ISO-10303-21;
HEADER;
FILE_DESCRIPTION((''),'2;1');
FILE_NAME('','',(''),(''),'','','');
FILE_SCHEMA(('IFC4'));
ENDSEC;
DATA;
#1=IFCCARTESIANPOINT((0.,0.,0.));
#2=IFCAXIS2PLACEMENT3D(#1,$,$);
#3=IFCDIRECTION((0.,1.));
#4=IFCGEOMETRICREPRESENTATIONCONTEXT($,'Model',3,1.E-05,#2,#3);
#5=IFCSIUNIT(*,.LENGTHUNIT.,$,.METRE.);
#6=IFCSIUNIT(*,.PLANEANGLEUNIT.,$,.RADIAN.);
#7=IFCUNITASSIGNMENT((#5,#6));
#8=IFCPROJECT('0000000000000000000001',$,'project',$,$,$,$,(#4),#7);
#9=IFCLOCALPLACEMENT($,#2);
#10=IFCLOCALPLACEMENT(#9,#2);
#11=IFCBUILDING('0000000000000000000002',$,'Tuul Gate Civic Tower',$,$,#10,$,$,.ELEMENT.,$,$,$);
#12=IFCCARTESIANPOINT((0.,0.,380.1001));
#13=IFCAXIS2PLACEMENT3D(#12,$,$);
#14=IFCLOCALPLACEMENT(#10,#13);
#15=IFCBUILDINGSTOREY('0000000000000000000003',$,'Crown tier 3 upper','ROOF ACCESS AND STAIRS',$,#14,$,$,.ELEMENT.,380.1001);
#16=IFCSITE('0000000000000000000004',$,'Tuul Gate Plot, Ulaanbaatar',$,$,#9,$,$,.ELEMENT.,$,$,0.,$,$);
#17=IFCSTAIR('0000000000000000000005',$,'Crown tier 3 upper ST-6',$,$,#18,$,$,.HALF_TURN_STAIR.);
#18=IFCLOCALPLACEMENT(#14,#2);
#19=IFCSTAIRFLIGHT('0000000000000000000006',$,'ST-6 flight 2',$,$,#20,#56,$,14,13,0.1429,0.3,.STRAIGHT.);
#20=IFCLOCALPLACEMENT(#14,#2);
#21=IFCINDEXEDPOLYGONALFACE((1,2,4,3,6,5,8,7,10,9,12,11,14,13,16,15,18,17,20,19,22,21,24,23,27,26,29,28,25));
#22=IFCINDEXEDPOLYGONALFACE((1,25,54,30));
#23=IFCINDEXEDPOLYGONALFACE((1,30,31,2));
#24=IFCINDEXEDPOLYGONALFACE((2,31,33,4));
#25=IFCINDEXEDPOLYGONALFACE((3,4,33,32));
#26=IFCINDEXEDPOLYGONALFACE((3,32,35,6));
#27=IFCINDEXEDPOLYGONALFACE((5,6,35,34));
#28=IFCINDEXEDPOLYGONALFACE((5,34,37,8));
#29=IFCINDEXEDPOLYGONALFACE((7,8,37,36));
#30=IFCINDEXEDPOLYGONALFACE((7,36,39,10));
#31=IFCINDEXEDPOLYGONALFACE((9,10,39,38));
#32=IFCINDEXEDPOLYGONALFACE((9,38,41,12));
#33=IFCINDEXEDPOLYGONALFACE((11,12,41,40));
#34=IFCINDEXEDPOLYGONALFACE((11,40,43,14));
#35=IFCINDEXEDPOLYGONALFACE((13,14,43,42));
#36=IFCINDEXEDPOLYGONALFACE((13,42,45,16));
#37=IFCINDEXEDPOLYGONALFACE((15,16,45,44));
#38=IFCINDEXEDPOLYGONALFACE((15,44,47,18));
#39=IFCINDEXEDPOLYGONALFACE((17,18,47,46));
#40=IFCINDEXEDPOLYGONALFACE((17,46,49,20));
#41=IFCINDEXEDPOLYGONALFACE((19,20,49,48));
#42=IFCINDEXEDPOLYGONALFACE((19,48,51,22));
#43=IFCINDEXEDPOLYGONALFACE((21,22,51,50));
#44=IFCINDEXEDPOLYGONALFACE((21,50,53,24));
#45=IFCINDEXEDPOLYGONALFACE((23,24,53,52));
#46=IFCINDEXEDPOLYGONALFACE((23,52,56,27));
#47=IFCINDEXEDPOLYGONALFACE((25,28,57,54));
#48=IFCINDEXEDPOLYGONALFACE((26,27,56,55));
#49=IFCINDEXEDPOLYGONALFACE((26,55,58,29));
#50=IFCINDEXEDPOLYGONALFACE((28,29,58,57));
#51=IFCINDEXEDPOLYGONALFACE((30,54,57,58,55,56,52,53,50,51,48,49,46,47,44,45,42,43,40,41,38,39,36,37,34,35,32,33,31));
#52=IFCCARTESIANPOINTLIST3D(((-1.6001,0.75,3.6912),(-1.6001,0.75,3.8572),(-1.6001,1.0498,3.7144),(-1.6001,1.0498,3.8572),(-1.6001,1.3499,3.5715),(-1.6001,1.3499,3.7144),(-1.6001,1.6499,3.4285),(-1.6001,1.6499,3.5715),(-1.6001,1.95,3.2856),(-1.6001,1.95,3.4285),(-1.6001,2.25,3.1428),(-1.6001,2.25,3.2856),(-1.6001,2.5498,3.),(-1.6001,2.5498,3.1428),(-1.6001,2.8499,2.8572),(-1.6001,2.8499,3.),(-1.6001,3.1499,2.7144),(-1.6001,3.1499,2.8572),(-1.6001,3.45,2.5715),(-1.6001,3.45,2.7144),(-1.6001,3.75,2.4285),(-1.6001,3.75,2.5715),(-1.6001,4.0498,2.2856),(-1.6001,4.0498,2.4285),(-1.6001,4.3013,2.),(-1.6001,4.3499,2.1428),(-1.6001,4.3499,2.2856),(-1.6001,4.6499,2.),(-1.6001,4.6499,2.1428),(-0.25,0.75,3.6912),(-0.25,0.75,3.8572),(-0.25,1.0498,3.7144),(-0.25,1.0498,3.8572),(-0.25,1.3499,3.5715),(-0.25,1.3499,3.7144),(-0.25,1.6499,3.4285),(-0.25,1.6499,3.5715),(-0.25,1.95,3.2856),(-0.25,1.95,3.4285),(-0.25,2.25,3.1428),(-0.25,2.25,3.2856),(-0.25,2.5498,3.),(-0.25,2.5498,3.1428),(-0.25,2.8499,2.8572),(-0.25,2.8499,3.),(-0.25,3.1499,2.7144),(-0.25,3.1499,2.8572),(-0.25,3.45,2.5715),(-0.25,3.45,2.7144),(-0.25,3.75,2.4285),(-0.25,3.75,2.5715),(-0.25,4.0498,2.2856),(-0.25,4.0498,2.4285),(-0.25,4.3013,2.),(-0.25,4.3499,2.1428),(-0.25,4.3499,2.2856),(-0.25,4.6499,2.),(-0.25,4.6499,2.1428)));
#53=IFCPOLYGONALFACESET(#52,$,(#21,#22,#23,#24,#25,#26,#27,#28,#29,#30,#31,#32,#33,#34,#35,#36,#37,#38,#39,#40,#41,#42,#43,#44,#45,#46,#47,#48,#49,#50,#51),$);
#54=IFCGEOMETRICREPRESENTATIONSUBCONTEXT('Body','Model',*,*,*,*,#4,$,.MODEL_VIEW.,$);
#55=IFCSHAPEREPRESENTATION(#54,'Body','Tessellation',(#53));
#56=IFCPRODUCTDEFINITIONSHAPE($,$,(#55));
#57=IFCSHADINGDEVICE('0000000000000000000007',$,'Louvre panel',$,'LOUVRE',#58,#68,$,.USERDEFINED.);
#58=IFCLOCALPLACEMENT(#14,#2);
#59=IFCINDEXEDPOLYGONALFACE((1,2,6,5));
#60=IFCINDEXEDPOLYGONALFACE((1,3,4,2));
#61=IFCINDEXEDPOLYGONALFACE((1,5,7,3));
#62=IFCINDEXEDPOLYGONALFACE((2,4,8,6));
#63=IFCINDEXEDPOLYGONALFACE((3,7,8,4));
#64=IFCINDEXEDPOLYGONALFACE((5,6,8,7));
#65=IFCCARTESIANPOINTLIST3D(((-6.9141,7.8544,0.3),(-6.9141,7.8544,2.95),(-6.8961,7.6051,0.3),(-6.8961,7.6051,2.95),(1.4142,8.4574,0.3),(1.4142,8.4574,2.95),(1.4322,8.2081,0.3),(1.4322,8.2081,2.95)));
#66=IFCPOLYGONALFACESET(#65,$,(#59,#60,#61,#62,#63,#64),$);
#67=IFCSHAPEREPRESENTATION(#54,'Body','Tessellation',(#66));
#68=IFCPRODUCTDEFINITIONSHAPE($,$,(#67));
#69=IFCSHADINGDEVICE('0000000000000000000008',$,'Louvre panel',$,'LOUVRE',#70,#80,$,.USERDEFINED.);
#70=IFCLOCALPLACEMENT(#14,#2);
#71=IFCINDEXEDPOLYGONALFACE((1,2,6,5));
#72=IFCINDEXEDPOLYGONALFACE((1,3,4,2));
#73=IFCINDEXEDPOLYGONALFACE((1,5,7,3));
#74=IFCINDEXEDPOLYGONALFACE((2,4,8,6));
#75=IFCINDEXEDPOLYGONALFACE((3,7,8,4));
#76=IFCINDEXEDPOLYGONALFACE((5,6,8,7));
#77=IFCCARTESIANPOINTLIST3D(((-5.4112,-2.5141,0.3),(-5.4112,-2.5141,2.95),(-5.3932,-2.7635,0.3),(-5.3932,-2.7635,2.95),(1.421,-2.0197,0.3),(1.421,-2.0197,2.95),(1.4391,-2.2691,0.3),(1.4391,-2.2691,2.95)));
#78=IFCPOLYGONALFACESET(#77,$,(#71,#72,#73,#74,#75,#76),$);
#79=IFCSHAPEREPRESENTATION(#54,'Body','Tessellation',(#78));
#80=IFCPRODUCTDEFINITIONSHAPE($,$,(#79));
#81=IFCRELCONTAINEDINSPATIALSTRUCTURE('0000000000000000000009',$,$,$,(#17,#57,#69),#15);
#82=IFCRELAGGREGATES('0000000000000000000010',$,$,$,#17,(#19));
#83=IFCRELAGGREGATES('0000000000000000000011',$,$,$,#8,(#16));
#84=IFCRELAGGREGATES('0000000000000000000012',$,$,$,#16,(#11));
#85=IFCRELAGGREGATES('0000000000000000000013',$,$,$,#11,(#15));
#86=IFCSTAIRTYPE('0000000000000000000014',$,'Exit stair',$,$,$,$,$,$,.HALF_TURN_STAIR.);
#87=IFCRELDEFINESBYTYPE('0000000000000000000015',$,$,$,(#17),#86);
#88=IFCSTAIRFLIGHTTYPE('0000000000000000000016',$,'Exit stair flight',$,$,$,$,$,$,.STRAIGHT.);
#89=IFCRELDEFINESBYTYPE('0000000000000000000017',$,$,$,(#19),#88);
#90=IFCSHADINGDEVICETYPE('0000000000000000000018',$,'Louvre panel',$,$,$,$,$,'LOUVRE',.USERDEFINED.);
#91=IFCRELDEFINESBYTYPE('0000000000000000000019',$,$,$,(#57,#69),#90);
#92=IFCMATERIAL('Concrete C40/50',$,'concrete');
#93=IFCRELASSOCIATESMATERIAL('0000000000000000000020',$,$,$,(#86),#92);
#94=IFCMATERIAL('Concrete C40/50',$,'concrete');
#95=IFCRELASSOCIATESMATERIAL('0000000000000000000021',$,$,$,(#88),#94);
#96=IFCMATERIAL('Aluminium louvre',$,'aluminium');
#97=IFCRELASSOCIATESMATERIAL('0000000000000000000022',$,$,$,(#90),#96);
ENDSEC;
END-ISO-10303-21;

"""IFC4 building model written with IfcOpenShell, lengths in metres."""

from ifc_helpers import new_model, si_unit, direction, frame, origin, origin_2d, place, context, subcontext, project, spatial, polyline, rectangle, outline, extrude, material, type_object, element, aggregate, save


model = new_model("IFC4")

# Units and contexts
model_context = context("Model", 3, precision=1e-05, world=origin(), true_north=direction((0.0, 1.0)))
body_context = subcontext(model_context, "Body", "Model", "MODEL_VIEW")
ifc_project = project(units=[si_unit("LENGTHUNIT", "METRE"), si_unit("PLANEANGLEUNIT", "RADIAN")], contexts=[model_context])

# Site, building, storey
site_placement = place(None, origin())
site = spatial("IfcSite", under=ifc_project, at=site_placement, Name="Tuul Gate Plot, Ulaanbaatar", CompositionType="ELEMENT", RefElevation=0.0)
building_placement = place(site_placement, origin())
building = spatial("IfcBuilding", under=site, at=building_placement, Name="Tuul Gate Civic Tower", CompositionType="ELEMENT")
storey_placement = place(building_placement, frame((0.0, 0.0, 380.1001)))
storey = spatial("IfcBuildingStorey", under=building, at=storey_placement, Name="Crown tier 3 upper", Description="ROOF ACCESS AND STAIRS", CompositionType="ELEMENT", Elevation=380.1001)

# Stair
ifc_material_1 = material(Name="Concrete C40/50", Category="concrete")
stair_type = type_object("IfcStairType", Name="Exit stair", PredefinedType="HALF_TURN_STAIR", material=ifc_material_1)
stair_1_placement = place(storey_placement, origin())
stair_1 = element("IfcStair", 1, at=stair_1_placement, inside=storey, type_object=stair_type, Name="Crown tier 3 upper ST-6", PredefinedType="HALF_TURN_STAIR")

# Stair flight
ifc_material_2 = material(Name="Concrete C40/50", Category="concrete")
stair_flight_type = type_object("IfcStairFlightType", Name="Exit stair flight", PredefinedType="STRAIGHT", material=ifc_material_2)
stair_flight_1_placement = place(storey_placement, frame((-0.925, 4.6499, 2.0), z_axis=(0.0, 0.0, 1.0), x_axis=(0.0, -1.0, 0.0)))
stair_flight_1 = element("IfcStairFlight", 2, at=stair_flight_1_placement, type_object=stair_flight_type, Name="ST-6 flight 2", NumberOfRisers=14, NumberOfTreads=13, PredefinedType="STRAIGHT", RiserHeight=0.1429, TreadLength=0.3, context=body_context, shape_type="SweptSolid", body=[
    extrude(outline(polyline([(0.0, 0.0), (0.0, 0.1428), (0.3, 0.1428), (0.3, 0.2856), (0.6001, 0.2856), (0.6001, 0.4285), (0.8999, 0.4285), (0.8999, 0.5715), (1.2, 0.5715), (1.2, 0.7144), (1.5, 0.7144), (1.5, 0.8572), (1.8, 0.8572), (1.8, 1.0), (2.1001, 1.0), (2.1001, 1.1428), (2.3999, 1.1428), (2.3999, 1.2856), (2.7, 1.2856), (2.7, 1.4285), (3.0, 1.4285), (3.0, 1.5715), (3.3, 1.5715), (3.3, 1.7144), (3.6001, 1.7144), (3.6001, 1.8572), (3.8999, 1.8572), (3.8999, 2.0), (3.8999, 1.6912), (0.3486, 0.0), (0.0, 0.0)])), frame((0.0, 0.675, 0.0), z_axis=(0.0, -1.0, 0.0), x_axis=(1.0, 0.0, 0.0)), (0.0, 0.0, 1.0), 1.3501),
])
aggregate(stair_1, [stair_flight_1])

# Shading devices
ifc_material_3 = material(Name="Aluminium louvre", Category="aluminium")
shading_device_type = type_object("IfcShadingDeviceType", Name="Louvre panel", ElementType="LOUVRE", PredefinedType="USERDEFINED", material=ifc_material_3)
shading_device_1_placement = place(storey_placement, frame((-2.741, 8.0312, 0.3), z_axis=(0.0, 0.0, 1.0), x_axis=(-0.072211, 0.997389, 0.0)))
element("IfcShadingDevice", 3, at=shading_device_1_placement, inside=storey, type_object=shading_device_type, Name="Louvre panel", ObjectType="LOUVRE", PredefinedType="USERDEFINED", context=body_context, shape_type="SweptSolid", body=[
    extrude(rectangle(XDim=0.25, YDim=8.3501, at=origin_2d()), origin(), (0.0, 0.0, 1.0), 2.6499),
])
shading_device_2_placement = place(storey_placement, frame((-1.9861, -2.3916, 0.3), z_axis=(0.0, 0.0, 1.0), x_axis=(0.072178, -0.997392, 0.0)))
element("IfcShadingDevice", 4, at=shading_device_2_placement, inside=storey, type_object=shading_device_type, Name="Louvre panel", ObjectType="LOUVRE", PredefinedType="USERDEFINED", context=body_context, shape_type="SweptSolid", body=[
    extrude(rectangle(XDim=0.25, YDim=6.8501, at=origin_2d()), origin(), (0.0, 0.0, 1.0), 2.6499),
])

save(model, "model.ifc")
